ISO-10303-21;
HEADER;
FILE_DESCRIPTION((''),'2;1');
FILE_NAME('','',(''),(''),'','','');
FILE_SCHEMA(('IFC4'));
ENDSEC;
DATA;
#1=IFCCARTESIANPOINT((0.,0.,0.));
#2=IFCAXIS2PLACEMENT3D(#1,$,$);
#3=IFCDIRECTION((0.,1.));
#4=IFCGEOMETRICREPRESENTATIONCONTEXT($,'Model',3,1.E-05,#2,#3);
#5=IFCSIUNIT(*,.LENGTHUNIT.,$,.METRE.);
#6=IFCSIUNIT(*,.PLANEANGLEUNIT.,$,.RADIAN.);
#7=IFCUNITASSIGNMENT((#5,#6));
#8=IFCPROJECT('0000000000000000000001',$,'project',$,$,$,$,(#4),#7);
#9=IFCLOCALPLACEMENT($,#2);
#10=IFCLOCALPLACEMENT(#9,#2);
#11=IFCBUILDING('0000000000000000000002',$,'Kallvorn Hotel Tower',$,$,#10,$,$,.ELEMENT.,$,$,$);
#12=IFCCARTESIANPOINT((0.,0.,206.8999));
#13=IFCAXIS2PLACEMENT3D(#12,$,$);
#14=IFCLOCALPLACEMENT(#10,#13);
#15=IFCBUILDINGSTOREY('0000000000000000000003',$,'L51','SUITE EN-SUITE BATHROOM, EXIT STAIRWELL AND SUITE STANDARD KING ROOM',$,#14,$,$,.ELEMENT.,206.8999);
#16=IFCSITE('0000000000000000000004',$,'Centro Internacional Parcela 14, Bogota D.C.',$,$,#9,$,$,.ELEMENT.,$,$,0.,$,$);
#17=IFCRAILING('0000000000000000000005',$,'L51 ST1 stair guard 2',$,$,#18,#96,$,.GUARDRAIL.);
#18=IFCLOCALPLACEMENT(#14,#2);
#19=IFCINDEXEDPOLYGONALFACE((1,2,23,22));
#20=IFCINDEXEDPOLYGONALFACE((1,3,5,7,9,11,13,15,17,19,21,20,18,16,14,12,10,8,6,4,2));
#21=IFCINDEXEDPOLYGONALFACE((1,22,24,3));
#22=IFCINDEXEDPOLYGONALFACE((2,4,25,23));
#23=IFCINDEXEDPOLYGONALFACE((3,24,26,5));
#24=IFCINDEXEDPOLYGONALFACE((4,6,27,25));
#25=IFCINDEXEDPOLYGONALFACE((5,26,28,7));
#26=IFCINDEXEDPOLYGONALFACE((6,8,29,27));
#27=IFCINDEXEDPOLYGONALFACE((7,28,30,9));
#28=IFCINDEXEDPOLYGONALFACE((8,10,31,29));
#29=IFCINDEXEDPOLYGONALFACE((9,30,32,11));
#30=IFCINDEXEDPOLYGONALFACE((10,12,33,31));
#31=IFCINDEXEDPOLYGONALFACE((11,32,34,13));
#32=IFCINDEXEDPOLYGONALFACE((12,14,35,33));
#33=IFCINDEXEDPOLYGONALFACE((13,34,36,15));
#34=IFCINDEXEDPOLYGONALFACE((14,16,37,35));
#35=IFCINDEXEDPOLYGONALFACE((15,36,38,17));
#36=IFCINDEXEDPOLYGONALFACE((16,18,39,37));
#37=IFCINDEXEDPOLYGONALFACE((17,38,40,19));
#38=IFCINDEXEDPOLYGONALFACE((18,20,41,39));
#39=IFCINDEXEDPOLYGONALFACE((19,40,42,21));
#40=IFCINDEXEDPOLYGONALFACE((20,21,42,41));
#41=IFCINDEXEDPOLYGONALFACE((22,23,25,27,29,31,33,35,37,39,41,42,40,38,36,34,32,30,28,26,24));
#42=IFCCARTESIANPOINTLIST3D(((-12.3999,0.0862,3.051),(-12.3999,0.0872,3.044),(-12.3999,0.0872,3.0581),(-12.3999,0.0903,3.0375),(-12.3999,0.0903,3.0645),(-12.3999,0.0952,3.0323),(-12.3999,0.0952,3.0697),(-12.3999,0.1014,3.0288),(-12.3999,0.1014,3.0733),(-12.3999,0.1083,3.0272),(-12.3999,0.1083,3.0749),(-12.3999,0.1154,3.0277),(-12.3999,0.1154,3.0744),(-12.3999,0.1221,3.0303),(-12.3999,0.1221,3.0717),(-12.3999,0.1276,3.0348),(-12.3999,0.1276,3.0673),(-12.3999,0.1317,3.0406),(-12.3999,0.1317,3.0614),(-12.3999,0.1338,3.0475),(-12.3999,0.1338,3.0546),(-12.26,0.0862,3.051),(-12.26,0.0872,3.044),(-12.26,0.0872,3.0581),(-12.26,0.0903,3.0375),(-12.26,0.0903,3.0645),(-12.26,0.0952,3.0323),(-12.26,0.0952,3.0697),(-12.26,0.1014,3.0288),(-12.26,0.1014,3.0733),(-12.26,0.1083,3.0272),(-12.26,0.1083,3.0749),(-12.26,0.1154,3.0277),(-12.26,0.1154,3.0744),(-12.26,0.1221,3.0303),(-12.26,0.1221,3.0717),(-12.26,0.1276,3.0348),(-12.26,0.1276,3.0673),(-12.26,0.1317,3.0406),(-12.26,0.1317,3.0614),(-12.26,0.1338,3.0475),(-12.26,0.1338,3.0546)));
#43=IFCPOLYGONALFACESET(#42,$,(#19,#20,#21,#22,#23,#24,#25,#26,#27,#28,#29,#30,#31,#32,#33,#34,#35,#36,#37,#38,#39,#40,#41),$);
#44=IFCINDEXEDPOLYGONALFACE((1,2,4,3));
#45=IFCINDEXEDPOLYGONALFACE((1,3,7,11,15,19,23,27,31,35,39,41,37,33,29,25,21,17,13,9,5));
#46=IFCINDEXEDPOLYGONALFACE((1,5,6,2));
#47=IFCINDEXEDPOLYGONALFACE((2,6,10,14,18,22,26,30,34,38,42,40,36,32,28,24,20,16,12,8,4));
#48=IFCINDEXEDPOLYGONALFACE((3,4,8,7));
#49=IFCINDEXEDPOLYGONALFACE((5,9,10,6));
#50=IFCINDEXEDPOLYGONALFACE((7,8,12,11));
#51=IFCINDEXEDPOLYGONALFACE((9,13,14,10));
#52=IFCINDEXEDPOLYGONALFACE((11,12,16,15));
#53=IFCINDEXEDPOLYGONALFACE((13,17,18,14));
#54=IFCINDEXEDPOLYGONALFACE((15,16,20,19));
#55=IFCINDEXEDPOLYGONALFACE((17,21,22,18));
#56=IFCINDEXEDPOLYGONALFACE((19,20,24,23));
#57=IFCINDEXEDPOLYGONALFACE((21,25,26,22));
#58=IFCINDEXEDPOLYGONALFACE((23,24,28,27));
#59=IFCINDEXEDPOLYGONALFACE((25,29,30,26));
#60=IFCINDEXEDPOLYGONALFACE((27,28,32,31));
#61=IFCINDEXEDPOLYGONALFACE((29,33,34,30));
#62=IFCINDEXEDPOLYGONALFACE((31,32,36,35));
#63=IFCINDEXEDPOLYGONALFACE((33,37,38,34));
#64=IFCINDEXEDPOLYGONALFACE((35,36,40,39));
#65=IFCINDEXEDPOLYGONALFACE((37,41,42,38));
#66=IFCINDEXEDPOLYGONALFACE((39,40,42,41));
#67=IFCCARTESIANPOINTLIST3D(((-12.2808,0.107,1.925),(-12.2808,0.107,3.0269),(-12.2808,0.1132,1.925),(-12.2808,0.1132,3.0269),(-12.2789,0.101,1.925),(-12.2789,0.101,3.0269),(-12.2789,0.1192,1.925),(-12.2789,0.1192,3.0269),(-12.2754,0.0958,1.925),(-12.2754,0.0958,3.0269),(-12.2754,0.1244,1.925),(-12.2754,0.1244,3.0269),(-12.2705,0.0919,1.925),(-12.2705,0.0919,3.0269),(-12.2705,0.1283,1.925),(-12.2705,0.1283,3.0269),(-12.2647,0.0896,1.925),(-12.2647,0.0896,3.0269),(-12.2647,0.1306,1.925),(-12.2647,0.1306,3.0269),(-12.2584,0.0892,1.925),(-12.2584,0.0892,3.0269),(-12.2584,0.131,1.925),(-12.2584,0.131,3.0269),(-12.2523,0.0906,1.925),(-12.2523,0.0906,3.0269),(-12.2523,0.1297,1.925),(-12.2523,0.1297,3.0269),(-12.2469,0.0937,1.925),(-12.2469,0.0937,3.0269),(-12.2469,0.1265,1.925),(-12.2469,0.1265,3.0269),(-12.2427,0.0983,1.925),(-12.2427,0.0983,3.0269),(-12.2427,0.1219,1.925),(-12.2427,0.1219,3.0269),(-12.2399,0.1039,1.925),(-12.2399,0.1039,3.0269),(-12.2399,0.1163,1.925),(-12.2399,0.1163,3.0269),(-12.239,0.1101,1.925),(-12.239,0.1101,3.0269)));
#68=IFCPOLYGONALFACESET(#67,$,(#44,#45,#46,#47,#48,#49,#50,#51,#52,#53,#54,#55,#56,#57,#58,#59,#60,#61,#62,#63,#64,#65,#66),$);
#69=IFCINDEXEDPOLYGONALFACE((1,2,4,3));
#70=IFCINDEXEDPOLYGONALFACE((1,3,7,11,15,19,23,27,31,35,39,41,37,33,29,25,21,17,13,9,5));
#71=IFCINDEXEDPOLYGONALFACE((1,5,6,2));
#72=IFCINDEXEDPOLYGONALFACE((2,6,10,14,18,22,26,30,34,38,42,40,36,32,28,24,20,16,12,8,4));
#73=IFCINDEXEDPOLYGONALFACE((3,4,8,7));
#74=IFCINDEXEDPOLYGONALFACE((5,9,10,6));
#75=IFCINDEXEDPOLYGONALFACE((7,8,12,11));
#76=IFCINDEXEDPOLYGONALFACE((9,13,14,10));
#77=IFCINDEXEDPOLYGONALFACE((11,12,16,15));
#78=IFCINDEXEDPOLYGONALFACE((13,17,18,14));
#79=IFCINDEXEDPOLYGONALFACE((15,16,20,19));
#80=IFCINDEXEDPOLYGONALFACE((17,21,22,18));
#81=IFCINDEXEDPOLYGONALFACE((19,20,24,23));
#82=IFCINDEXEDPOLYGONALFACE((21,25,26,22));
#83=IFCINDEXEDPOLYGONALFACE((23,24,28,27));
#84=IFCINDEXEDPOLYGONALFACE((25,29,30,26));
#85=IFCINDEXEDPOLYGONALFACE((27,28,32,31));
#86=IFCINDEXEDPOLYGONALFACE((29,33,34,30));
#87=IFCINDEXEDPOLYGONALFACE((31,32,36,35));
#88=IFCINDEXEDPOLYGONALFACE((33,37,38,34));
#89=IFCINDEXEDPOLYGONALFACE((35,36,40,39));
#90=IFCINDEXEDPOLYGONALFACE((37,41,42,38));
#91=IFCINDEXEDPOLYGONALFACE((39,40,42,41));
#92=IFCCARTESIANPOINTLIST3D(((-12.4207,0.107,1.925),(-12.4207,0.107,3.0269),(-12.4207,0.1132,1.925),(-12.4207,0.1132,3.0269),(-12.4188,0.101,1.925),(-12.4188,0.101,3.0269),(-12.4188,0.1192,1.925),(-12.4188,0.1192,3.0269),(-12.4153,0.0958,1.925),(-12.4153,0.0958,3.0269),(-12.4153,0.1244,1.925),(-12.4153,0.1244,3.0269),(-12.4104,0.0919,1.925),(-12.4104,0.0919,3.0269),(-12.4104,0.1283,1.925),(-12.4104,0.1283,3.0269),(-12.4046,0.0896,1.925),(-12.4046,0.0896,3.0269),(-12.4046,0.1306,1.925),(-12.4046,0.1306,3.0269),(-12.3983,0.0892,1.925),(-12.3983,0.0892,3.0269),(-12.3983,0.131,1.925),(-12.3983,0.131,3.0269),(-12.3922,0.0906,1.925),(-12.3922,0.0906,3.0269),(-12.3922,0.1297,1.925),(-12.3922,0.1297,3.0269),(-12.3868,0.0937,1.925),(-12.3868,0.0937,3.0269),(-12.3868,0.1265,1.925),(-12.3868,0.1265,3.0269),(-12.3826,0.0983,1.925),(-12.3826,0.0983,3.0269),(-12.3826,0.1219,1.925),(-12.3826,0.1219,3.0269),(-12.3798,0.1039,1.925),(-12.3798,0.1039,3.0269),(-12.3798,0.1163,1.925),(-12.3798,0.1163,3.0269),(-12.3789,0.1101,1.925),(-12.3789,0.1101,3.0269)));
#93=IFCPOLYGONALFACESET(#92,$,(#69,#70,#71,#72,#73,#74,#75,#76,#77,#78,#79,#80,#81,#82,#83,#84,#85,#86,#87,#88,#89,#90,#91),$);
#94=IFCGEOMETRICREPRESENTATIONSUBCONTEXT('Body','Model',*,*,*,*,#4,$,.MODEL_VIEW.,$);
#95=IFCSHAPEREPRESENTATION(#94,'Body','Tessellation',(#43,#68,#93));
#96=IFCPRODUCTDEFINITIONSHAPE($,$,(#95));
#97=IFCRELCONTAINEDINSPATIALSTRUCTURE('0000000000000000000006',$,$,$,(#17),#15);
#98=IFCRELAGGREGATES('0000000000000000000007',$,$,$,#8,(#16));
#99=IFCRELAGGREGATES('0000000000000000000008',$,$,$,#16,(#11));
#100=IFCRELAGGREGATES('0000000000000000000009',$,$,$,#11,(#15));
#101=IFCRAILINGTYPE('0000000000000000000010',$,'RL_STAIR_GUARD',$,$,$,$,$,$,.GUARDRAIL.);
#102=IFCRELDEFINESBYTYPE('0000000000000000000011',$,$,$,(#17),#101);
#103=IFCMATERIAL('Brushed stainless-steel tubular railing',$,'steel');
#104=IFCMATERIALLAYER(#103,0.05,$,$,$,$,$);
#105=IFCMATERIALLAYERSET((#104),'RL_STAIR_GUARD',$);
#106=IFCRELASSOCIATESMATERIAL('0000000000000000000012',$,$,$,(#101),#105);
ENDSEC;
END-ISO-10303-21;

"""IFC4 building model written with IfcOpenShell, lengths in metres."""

from ifc_helpers import new_model, si_unit, direction, frame, origin, origin_2d, place, context, subcontext, project, spatial, circle, extrude, material, layer, layer_set, type_object, element, save


model = new_model("IFC4")

# Units and contexts
model_context = context("Model", 3, precision=1e-05, world=origin(), true_north=direction((0.0, 1.0)))
body_context = subcontext(model_context, "Body", "Model", "MODEL_VIEW")
ifc_project = project(units=[si_unit("LENGTHUNIT", "METRE"), si_unit("PLANEANGLEUNIT", "RADIAN")], contexts=[model_context])

# Site, building, storey
site_placement = place(None, origin())
site = spatial("IfcSite", under=ifc_project, at=site_placement, Name="Centro Internacional Parcela 14, Bogota D.C.", CompositionType="ELEMENT", RefElevation=0.0)
building_placement = place(site_placement, origin())
building = spatial("IfcBuilding", under=site, at=building_placement, Name="Kallvorn Hotel Tower", CompositionType="ELEMENT")
storey_placement = place(building_placement, frame((0.0, 0.0, 206.8999)))
storey = spatial("IfcBuildingStorey", under=building, at=storey_placement, Name="L51", Description="SUITE EN-SUITE BATHROOM, EXIT STAIRWELL AND SUITE STANDARD KING ROOM", CompositionType="ELEMENT", Elevation=206.8999)

# Railing
ifc_material_1 = material(Name="Brushed stainless-steel tubular railing", Category="steel")
ifc_layer_1 = layer(ifc_material_1, 0.05)
ifc_layer_set_1 = layer_set([ifc_layer_1], Name="RL_STAIR_GUARD")
railing_type_1 = type_object("IfcRailingType", Name="RL_STAIR_GUARD", PredefinedType="GUARDRAIL", material=ifc_layer_set_1)
railing_1_placement = place(storey_placement, frame((-12.26, 0.1101, 1.925)))
element("IfcRailing", 1, at=railing_1_placement, inside=storey, type_object=railing_type_1, Name="L51 ST1 stair guard 2", PredefinedType="GUARDRAIL", context=body_context, shape_type="SweptSolid", body=[
    extrude(circle(Radius=0.0239, at=origin_2d()), frame((0.0, 0.0, 1.126), z_axis=(-1.0, 0.0, 0.0), x_axis=(0.0, -1.0, 0.0)), (0.0, 0.0, 1.0), 0.1399),
    extrude(circle(Radius=0.021, at=origin_2d()), origin(), (0.0, 0.0, 1.0), 1.1018),
    extrude(circle(Radius=0.021, at=origin_2d()), frame((-0.1399, 0.0, 0.0)), (0.0, 0.0, 1.0), 1.1018),
])

save(model, "model.ifc")
